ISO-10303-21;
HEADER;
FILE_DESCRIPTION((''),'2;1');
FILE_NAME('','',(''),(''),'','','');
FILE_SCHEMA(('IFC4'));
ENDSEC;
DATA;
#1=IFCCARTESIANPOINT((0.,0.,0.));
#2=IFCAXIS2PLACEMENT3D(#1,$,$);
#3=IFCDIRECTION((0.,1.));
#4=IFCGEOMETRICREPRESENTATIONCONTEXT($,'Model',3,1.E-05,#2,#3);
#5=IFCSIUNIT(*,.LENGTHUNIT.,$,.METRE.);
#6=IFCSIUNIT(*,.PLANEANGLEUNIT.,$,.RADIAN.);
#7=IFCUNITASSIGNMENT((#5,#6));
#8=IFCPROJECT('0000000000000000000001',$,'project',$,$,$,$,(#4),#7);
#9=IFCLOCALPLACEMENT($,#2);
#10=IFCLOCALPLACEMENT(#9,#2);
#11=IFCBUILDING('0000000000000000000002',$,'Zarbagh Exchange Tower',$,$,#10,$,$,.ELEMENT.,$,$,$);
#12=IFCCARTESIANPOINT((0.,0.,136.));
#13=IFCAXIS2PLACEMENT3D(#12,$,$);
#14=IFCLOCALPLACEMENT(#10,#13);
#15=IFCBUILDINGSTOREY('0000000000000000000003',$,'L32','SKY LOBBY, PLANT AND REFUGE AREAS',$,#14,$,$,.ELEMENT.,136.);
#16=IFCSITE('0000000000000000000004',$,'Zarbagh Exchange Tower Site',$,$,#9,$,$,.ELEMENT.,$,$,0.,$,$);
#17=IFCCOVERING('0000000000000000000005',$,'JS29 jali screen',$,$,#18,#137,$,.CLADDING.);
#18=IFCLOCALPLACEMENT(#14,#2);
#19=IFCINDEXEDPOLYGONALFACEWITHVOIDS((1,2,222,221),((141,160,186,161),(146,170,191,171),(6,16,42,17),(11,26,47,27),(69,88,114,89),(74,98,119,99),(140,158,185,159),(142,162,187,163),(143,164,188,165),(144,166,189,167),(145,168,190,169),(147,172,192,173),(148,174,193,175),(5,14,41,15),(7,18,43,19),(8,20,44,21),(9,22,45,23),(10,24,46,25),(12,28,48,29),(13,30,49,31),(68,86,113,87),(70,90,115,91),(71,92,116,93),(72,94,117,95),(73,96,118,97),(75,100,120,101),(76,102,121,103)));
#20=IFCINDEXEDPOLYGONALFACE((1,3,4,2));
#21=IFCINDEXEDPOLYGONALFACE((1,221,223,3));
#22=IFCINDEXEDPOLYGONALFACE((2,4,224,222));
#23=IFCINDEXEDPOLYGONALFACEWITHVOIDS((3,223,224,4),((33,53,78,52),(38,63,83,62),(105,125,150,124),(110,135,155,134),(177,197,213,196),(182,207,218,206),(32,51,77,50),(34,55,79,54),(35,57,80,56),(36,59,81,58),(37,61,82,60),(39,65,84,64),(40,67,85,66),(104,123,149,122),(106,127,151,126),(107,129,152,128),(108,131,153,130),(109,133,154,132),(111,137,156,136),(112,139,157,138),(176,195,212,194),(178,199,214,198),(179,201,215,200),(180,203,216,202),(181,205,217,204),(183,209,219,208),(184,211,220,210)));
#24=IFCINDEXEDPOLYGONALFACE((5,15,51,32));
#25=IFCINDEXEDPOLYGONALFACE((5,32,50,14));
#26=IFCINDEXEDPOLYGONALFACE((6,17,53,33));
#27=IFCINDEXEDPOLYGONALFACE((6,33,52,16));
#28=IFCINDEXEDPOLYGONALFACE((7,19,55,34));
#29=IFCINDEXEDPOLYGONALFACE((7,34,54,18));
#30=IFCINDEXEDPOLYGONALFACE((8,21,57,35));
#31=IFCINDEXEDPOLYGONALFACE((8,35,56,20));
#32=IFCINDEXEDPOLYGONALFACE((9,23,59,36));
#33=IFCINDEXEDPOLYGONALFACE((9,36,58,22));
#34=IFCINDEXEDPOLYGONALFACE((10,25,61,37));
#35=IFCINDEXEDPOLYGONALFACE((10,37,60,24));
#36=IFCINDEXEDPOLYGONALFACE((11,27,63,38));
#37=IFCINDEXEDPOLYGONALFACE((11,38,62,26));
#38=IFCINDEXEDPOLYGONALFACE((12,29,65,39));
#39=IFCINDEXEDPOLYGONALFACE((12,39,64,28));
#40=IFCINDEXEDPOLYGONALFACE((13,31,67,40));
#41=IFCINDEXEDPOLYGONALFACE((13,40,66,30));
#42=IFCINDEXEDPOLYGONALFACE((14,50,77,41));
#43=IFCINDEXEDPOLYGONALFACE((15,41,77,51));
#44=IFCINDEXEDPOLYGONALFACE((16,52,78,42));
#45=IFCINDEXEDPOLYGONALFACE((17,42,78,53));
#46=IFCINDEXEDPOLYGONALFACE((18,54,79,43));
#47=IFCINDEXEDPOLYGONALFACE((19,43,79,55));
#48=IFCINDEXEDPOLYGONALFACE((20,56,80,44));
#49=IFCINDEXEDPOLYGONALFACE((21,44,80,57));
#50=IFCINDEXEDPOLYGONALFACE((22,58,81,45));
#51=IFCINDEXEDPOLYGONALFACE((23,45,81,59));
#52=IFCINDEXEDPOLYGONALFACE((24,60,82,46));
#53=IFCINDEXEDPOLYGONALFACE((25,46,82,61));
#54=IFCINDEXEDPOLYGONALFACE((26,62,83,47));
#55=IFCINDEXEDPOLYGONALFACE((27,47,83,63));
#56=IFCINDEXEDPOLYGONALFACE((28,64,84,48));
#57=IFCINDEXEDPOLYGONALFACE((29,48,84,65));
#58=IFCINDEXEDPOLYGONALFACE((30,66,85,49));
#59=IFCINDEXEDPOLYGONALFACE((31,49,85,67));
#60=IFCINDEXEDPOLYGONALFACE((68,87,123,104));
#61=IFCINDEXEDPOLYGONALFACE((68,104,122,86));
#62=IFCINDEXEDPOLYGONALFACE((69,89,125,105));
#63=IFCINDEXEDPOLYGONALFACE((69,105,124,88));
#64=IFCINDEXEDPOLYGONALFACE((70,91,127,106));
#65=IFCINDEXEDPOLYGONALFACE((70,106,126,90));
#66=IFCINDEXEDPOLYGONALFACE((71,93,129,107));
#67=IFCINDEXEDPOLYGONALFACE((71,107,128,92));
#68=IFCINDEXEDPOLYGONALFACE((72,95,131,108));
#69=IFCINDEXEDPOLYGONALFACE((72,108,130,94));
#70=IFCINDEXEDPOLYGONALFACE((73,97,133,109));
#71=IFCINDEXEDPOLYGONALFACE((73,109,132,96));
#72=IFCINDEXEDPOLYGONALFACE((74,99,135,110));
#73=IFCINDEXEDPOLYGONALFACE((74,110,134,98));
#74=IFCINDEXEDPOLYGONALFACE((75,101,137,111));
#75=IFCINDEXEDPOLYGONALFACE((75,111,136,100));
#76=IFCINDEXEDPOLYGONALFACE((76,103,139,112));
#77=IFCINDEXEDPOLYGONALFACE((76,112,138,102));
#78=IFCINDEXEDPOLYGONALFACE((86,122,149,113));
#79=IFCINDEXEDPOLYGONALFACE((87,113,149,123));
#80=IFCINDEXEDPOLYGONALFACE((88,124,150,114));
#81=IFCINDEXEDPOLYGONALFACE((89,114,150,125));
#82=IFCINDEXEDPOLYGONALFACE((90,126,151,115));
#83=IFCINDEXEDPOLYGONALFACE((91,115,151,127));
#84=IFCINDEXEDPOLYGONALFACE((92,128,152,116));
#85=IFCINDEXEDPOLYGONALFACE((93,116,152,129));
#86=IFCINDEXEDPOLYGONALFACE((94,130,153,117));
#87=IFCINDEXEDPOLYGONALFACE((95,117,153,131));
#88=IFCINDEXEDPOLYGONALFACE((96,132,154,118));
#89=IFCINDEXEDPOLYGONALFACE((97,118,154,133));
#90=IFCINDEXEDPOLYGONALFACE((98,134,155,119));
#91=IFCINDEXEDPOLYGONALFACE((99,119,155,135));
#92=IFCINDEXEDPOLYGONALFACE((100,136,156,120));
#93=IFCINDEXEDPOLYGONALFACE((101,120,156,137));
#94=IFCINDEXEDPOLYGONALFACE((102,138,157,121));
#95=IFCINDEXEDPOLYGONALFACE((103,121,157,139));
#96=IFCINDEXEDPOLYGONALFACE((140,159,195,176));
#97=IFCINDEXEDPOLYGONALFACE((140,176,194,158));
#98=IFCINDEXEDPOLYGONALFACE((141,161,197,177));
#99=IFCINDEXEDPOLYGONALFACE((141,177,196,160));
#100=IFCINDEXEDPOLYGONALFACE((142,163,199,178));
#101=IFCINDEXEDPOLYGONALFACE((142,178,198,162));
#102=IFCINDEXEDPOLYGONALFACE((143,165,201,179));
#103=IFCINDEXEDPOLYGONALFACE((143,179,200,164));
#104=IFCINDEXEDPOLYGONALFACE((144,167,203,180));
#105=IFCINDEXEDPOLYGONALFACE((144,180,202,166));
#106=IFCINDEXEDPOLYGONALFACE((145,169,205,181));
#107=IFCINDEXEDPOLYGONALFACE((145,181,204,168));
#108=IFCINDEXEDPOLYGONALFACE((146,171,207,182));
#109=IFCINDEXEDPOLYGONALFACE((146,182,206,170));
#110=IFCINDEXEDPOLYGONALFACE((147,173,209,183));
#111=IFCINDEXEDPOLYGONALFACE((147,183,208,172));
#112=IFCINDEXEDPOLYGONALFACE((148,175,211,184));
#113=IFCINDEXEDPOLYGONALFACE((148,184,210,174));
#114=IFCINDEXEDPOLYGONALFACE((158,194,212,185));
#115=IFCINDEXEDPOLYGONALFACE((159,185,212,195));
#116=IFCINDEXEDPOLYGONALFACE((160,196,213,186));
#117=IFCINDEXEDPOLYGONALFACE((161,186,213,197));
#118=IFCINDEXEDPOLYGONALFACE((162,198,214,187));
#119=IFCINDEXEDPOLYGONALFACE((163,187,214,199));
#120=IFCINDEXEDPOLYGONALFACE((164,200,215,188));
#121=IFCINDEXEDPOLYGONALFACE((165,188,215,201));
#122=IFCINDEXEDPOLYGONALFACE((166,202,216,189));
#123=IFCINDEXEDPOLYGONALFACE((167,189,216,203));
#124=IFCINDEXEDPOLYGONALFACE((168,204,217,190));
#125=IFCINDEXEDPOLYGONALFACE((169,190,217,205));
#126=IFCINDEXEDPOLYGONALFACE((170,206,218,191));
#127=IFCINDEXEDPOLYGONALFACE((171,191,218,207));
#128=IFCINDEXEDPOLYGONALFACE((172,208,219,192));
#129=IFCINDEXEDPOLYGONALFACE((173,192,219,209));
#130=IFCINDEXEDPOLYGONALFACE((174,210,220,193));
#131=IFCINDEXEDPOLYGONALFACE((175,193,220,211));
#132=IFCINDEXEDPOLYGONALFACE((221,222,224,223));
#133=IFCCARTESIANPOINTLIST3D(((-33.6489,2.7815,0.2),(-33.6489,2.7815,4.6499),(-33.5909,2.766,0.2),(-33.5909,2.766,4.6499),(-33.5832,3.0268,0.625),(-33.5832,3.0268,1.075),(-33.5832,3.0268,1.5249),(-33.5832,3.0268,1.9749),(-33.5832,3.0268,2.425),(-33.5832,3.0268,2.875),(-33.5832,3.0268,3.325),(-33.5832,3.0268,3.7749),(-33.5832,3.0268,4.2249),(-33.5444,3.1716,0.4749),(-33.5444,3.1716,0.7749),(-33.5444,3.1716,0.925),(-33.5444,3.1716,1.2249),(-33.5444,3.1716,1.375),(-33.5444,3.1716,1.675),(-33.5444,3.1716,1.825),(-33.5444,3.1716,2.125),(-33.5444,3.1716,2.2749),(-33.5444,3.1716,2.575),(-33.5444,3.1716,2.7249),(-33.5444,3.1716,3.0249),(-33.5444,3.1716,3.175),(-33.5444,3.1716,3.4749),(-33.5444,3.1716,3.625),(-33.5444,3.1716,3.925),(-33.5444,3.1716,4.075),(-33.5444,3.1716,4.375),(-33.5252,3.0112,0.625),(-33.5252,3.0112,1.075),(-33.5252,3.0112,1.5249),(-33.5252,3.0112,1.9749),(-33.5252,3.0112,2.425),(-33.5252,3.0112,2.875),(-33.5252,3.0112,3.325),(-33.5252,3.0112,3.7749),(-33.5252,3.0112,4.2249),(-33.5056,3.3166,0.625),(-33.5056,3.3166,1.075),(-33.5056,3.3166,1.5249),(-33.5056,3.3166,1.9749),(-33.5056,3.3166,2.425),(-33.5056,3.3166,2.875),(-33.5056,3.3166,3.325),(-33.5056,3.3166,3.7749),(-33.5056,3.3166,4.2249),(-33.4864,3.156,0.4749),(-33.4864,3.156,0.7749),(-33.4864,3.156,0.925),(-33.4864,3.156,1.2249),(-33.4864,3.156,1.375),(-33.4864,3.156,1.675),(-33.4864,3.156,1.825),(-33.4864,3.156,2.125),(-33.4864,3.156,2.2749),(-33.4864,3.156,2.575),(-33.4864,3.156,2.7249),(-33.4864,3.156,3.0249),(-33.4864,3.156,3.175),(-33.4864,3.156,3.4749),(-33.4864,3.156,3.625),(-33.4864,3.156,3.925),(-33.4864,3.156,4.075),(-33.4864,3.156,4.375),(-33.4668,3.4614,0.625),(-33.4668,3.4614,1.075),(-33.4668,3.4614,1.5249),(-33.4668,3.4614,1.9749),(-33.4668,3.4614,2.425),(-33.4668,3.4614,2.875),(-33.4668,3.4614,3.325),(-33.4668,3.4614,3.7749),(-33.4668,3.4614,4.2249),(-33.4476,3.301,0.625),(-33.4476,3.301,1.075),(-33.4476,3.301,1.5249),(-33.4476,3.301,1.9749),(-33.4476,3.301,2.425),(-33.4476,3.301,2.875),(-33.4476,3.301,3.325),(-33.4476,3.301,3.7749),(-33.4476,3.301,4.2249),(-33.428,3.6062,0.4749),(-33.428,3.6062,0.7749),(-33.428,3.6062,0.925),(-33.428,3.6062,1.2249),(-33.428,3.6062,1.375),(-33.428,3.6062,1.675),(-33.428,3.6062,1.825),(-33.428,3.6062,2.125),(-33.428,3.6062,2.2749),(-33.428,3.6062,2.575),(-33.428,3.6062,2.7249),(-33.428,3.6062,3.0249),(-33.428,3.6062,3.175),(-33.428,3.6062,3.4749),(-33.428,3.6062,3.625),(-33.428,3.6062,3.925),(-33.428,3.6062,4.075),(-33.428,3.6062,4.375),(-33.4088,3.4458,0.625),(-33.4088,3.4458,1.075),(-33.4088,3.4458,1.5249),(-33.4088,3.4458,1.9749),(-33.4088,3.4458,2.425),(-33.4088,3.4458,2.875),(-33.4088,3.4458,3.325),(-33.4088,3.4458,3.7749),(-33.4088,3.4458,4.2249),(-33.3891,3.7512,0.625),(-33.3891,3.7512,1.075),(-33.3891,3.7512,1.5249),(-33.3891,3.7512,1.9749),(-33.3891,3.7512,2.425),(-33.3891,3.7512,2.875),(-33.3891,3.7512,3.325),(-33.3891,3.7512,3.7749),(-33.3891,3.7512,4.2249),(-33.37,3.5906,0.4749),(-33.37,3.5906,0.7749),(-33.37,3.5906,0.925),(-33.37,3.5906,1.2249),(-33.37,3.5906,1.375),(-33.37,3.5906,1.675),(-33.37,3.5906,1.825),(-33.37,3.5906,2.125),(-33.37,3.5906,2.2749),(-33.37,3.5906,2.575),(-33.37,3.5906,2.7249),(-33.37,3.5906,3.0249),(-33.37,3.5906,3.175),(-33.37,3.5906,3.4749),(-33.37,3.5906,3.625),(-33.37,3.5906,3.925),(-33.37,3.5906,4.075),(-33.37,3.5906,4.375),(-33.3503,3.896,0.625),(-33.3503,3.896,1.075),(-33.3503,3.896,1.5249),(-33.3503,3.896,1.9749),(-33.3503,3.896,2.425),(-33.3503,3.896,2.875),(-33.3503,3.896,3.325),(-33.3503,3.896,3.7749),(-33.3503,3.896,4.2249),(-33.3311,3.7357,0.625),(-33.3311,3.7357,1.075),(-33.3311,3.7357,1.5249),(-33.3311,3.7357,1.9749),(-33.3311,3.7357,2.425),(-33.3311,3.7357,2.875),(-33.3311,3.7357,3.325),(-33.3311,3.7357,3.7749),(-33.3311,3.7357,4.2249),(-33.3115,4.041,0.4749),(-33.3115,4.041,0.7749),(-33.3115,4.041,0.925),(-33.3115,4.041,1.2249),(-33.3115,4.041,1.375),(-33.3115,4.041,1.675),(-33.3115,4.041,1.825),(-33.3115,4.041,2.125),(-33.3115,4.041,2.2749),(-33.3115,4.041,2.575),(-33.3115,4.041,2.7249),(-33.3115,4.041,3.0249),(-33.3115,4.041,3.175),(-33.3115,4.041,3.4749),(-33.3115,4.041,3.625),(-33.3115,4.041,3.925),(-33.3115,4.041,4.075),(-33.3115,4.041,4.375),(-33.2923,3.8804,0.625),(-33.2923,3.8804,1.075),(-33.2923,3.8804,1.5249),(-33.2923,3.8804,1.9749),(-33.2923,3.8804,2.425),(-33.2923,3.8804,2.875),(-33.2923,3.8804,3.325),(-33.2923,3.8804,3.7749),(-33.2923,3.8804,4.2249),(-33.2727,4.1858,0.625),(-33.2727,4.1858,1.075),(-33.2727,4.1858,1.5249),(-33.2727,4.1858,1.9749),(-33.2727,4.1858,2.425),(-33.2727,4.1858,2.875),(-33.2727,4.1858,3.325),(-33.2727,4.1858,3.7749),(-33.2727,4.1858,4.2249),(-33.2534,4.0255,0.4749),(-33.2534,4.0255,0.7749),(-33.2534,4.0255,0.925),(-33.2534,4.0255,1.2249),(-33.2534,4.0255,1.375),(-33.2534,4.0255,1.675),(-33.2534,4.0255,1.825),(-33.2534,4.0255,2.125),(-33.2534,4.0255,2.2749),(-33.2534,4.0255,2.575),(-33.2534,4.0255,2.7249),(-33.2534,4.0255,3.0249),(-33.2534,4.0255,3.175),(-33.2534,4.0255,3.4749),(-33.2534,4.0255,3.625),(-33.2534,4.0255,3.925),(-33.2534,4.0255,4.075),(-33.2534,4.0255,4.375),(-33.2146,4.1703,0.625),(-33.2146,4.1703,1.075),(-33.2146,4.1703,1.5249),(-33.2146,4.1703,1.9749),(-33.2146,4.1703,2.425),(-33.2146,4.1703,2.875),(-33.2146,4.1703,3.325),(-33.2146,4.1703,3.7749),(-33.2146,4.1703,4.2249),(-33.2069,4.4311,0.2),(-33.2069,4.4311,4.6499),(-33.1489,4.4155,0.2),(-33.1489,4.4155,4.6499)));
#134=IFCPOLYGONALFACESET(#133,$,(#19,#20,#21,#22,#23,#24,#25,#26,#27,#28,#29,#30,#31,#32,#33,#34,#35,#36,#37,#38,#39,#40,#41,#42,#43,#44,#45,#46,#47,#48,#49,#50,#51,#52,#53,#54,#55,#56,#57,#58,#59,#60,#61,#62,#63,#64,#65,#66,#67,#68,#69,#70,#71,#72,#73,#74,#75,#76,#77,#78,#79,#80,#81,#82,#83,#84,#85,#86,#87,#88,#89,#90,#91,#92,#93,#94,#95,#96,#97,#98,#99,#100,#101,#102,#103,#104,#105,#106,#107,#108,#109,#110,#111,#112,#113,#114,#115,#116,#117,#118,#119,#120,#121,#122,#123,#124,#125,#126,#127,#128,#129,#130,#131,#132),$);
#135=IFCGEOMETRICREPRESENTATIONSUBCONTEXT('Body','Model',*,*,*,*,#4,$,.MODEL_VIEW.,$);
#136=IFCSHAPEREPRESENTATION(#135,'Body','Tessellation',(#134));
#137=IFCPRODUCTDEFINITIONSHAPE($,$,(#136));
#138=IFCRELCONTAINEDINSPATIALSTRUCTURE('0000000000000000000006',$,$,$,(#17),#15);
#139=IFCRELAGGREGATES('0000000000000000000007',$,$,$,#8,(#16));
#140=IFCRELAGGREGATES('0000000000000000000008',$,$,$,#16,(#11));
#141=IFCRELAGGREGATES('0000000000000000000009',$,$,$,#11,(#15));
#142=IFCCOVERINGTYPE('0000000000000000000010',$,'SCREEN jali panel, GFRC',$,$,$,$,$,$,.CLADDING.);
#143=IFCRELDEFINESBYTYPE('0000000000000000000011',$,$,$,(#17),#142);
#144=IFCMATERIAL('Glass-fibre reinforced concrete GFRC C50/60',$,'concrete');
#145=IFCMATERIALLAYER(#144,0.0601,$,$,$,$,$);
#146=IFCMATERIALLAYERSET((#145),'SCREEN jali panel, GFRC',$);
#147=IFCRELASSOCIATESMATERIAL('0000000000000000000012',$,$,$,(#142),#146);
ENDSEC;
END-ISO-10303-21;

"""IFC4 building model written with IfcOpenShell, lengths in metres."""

from ifc_helpers import new_model, si_unit, direction, frame, origin, place, context, subcontext, project, spatial, polyline, outline, extrude, source, transform, mapped, material, layer, layer_set, type_object, element, save


model = new_model("IFC4")

# Units and contexts
model_context = context("Model", 3, precision=1e-05, world=origin(), true_north=direction((0.0, 1.0)))
body_context = subcontext(model_context, "Body", "Model", "MODEL_VIEW")
ifc_project = project(units=[si_unit("LENGTHUNIT", "METRE"), si_unit("PLANEANGLEUNIT", "RADIAN")], contexts=[model_context])

# Site, building, storey
site_placement = place(None, origin())
site = spatial("IfcSite", under=ifc_project, at=site_placement, Name="Zarbagh Exchange Tower Site", CompositionType="ELEMENT", RefElevation=0.0)
building_placement = place(site_placement, origin())
building = spatial("IfcBuilding", under=site, at=building_placement, Name="Zarbagh Exchange Tower", CompositionType="ELEMENT")
storey_placement = place(building_placement, frame((0.0, 0.0, 136.0)))
storey = spatial("IfcBuildingStorey", under=building, at=storey_placement, Name="L32", Description="SKY LOBBY, PLANT AND REFUGE AREAS", CompositionType="ELEMENT", Elevation=136.0)

# Shared definitions
ifc_material_1 = material(Name="Glass-fibre reinforced concrete GFRC C50/60", Category="concrete")
ifc_layer_1 = layer(ifc_material_1, 0.0601)
ifc_layer_set_1 = layer_set([ifc_layer_1], Name="SCREEN jali panel, GFRC")
covering_type = type_object("IfcCoveringType", Name="SCREEN jali panel, GFRC", PredefinedType="CLADDING", material=ifc_layer_set_1)
placement = place(storey_placement, origin())

# Covering
shared_shape_1 = source(origin(), body_context, "Body", "SweptSolid", [
    extrude(outline(polyline([(0.0, 0.0), (1.7078, 0.0), (1.7078, 4.45), (0.0, 4.45), (0.0, 0.0)]), holes=[polyline([(0.2539, 0.425), (0.4038, 0.2749), (0.554, 0.425), (0.4038, 0.575), (0.2539, 0.425)]), polyline([(0.2539, 0.875), (0.4038, 0.7251), (0.554, 0.875), (0.4038, 1.0249), (0.2539, 0.875)]), polyline([(0.2539, 1.325), (0.4038, 1.175), (0.554, 1.325), (0.4038, 1.4751), (0.2539, 1.325)]), polyline([(0.2539, 1.7749), (0.4038, 1.625), (0.554, 1.7749), (0.4038, 1.925), (0.2539, 1.7749)]), polyline([(0.2539, 2.2251), (0.4038, 2.075), (0.554, 2.2251), (0.4038, 2.375), (0.2539, 2.2251)]), polyline([(0.2539, 2.675), (0.4038, 2.5249), (0.554, 2.675), (0.4038, 2.825), (0.2539, 2.675)]), polyline([(0.2539, 3.125), (0.4038, 2.9751), (0.554, 3.125), (0.4038, 3.2749), (0.2539, 3.125)]), polyline([(0.2539, 3.575), (0.4038, 3.425), (0.554, 3.575), (0.4038, 3.7251), (0.2539, 3.575)]), polyline([(0.2539, 4.0249), (0.4038, 3.875), (0.554, 4.0249), (0.4038, 4.175), (0.2539, 4.0249)]), polyline([(0.7039, 0.425), (0.854, 0.2749), (1.0039, 0.425), (0.854, 0.575), (0.7039, 0.425)]), polyline([(0.7039, 0.875), (0.854, 0.7251), (1.0039, 0.875), (0.854, 1.0249), (0.7039, 0.875)]), polyline([(0.7039, 1.325), (0.854, 1.175), (1.0039, 1.325), (0.854, 1.4751), (0.7039, 1.325)]), polyline([(0.7039, 1.7749), (0.854, 1.625), (1.0039, 1.7749), (0.854, 1.925), (0.7039, 1.7749)]), polyline([(0.7039, 2.2251), (0.854, 2.075), (1.0039, 2.2251), (0.854, 2.375), (0.7039, 2.2251)]), polyline([(0.7039, 2.675), (0.854, 2.5249), (1.0039, 2.675), (0.854, 2.825), (0.7039, 2.675)]), polyline([(0.7039, 3.125), (0.854, 2.9751), (1.0039, 3.125), (0.854, 3.2749), (0.7039, 3.125)]), polyline([(0.7039, 3.575), (0.854, 3.425), (1.0039, 3.575), (0.854, 3.7251), (0.7039, 3.575)]), polyline([(0.7039, 4.0249), (0.854, 3.875), (1.0039, 4.0249), (0.854, 4.175), (0.7039, 4.0249)]), polyline([(1.1538, 0.425), (1.304, 0.2749), (1.4539, 0.425), (1.304, 0.575), (1.1538, 0.425)]), polyline([(1.1538, 0.875), (1.304, 0.7251), (1.4539, 0.875), (1.304, 1.0249), (1.1538, 0.875)]), polyline([(1.1538, 1.325), (1.304, 1.175), (1.4539, 1.325), (1.304, 1.4751), (1.1538, 1.325)]), polyline([(1.1538, 1.7749), (1.304, 1.625), (1.4539, 1.7749), (1.304, 1.925), (1.1538, 1.7749)]), polyline([(1.1538, 2.2251), (1.304, 2.075), (1.4539, 2.2251), (1.304, 2.375), (1.1538, 2.2251)]), polyline([(1.1538, 2.675), (1.304, 2.5249), (1.4539, 2.675), (1.304, 2.825), (1.1538, 2.675)]), polyline([(1.1538, 3.125), (1.304, 2.9751), (1.4539, 3.125), (1.304, 3.2749), (1.1538, 3.125)]), polyline([(1.1538, 3.575), (1.304, 3.425), (1.4539, 3.575), (1.304, 3.7251), (1.1538, 3.575)]), polyline([(1.1538, 4.0249), (1.304, 3.875), (1.4539, 4.0249), (1.304, 4.175), (1.1538, 4.0249)])]), origin(), (0.0, 0.0, 1.0), 0.0601),
])
element("IfcCovering", 1, at=placement, inside=storey, type_object=covering_type, Name="JS29 jali screen", PredefinedType="CLADDING", context=body_context, shape_type="MappedRepresentation", body=[
    mapped(shared_shape_1, transform((-33.1489, 4.4155, 0.2), x_axis=(-0.258825, -0.965924, 0.0), y_axis=(0.0, 0.0, 1.0), z_axis=(-0.965924, 0.258825, 0.0))),
])

save(model, "model.ifc")
